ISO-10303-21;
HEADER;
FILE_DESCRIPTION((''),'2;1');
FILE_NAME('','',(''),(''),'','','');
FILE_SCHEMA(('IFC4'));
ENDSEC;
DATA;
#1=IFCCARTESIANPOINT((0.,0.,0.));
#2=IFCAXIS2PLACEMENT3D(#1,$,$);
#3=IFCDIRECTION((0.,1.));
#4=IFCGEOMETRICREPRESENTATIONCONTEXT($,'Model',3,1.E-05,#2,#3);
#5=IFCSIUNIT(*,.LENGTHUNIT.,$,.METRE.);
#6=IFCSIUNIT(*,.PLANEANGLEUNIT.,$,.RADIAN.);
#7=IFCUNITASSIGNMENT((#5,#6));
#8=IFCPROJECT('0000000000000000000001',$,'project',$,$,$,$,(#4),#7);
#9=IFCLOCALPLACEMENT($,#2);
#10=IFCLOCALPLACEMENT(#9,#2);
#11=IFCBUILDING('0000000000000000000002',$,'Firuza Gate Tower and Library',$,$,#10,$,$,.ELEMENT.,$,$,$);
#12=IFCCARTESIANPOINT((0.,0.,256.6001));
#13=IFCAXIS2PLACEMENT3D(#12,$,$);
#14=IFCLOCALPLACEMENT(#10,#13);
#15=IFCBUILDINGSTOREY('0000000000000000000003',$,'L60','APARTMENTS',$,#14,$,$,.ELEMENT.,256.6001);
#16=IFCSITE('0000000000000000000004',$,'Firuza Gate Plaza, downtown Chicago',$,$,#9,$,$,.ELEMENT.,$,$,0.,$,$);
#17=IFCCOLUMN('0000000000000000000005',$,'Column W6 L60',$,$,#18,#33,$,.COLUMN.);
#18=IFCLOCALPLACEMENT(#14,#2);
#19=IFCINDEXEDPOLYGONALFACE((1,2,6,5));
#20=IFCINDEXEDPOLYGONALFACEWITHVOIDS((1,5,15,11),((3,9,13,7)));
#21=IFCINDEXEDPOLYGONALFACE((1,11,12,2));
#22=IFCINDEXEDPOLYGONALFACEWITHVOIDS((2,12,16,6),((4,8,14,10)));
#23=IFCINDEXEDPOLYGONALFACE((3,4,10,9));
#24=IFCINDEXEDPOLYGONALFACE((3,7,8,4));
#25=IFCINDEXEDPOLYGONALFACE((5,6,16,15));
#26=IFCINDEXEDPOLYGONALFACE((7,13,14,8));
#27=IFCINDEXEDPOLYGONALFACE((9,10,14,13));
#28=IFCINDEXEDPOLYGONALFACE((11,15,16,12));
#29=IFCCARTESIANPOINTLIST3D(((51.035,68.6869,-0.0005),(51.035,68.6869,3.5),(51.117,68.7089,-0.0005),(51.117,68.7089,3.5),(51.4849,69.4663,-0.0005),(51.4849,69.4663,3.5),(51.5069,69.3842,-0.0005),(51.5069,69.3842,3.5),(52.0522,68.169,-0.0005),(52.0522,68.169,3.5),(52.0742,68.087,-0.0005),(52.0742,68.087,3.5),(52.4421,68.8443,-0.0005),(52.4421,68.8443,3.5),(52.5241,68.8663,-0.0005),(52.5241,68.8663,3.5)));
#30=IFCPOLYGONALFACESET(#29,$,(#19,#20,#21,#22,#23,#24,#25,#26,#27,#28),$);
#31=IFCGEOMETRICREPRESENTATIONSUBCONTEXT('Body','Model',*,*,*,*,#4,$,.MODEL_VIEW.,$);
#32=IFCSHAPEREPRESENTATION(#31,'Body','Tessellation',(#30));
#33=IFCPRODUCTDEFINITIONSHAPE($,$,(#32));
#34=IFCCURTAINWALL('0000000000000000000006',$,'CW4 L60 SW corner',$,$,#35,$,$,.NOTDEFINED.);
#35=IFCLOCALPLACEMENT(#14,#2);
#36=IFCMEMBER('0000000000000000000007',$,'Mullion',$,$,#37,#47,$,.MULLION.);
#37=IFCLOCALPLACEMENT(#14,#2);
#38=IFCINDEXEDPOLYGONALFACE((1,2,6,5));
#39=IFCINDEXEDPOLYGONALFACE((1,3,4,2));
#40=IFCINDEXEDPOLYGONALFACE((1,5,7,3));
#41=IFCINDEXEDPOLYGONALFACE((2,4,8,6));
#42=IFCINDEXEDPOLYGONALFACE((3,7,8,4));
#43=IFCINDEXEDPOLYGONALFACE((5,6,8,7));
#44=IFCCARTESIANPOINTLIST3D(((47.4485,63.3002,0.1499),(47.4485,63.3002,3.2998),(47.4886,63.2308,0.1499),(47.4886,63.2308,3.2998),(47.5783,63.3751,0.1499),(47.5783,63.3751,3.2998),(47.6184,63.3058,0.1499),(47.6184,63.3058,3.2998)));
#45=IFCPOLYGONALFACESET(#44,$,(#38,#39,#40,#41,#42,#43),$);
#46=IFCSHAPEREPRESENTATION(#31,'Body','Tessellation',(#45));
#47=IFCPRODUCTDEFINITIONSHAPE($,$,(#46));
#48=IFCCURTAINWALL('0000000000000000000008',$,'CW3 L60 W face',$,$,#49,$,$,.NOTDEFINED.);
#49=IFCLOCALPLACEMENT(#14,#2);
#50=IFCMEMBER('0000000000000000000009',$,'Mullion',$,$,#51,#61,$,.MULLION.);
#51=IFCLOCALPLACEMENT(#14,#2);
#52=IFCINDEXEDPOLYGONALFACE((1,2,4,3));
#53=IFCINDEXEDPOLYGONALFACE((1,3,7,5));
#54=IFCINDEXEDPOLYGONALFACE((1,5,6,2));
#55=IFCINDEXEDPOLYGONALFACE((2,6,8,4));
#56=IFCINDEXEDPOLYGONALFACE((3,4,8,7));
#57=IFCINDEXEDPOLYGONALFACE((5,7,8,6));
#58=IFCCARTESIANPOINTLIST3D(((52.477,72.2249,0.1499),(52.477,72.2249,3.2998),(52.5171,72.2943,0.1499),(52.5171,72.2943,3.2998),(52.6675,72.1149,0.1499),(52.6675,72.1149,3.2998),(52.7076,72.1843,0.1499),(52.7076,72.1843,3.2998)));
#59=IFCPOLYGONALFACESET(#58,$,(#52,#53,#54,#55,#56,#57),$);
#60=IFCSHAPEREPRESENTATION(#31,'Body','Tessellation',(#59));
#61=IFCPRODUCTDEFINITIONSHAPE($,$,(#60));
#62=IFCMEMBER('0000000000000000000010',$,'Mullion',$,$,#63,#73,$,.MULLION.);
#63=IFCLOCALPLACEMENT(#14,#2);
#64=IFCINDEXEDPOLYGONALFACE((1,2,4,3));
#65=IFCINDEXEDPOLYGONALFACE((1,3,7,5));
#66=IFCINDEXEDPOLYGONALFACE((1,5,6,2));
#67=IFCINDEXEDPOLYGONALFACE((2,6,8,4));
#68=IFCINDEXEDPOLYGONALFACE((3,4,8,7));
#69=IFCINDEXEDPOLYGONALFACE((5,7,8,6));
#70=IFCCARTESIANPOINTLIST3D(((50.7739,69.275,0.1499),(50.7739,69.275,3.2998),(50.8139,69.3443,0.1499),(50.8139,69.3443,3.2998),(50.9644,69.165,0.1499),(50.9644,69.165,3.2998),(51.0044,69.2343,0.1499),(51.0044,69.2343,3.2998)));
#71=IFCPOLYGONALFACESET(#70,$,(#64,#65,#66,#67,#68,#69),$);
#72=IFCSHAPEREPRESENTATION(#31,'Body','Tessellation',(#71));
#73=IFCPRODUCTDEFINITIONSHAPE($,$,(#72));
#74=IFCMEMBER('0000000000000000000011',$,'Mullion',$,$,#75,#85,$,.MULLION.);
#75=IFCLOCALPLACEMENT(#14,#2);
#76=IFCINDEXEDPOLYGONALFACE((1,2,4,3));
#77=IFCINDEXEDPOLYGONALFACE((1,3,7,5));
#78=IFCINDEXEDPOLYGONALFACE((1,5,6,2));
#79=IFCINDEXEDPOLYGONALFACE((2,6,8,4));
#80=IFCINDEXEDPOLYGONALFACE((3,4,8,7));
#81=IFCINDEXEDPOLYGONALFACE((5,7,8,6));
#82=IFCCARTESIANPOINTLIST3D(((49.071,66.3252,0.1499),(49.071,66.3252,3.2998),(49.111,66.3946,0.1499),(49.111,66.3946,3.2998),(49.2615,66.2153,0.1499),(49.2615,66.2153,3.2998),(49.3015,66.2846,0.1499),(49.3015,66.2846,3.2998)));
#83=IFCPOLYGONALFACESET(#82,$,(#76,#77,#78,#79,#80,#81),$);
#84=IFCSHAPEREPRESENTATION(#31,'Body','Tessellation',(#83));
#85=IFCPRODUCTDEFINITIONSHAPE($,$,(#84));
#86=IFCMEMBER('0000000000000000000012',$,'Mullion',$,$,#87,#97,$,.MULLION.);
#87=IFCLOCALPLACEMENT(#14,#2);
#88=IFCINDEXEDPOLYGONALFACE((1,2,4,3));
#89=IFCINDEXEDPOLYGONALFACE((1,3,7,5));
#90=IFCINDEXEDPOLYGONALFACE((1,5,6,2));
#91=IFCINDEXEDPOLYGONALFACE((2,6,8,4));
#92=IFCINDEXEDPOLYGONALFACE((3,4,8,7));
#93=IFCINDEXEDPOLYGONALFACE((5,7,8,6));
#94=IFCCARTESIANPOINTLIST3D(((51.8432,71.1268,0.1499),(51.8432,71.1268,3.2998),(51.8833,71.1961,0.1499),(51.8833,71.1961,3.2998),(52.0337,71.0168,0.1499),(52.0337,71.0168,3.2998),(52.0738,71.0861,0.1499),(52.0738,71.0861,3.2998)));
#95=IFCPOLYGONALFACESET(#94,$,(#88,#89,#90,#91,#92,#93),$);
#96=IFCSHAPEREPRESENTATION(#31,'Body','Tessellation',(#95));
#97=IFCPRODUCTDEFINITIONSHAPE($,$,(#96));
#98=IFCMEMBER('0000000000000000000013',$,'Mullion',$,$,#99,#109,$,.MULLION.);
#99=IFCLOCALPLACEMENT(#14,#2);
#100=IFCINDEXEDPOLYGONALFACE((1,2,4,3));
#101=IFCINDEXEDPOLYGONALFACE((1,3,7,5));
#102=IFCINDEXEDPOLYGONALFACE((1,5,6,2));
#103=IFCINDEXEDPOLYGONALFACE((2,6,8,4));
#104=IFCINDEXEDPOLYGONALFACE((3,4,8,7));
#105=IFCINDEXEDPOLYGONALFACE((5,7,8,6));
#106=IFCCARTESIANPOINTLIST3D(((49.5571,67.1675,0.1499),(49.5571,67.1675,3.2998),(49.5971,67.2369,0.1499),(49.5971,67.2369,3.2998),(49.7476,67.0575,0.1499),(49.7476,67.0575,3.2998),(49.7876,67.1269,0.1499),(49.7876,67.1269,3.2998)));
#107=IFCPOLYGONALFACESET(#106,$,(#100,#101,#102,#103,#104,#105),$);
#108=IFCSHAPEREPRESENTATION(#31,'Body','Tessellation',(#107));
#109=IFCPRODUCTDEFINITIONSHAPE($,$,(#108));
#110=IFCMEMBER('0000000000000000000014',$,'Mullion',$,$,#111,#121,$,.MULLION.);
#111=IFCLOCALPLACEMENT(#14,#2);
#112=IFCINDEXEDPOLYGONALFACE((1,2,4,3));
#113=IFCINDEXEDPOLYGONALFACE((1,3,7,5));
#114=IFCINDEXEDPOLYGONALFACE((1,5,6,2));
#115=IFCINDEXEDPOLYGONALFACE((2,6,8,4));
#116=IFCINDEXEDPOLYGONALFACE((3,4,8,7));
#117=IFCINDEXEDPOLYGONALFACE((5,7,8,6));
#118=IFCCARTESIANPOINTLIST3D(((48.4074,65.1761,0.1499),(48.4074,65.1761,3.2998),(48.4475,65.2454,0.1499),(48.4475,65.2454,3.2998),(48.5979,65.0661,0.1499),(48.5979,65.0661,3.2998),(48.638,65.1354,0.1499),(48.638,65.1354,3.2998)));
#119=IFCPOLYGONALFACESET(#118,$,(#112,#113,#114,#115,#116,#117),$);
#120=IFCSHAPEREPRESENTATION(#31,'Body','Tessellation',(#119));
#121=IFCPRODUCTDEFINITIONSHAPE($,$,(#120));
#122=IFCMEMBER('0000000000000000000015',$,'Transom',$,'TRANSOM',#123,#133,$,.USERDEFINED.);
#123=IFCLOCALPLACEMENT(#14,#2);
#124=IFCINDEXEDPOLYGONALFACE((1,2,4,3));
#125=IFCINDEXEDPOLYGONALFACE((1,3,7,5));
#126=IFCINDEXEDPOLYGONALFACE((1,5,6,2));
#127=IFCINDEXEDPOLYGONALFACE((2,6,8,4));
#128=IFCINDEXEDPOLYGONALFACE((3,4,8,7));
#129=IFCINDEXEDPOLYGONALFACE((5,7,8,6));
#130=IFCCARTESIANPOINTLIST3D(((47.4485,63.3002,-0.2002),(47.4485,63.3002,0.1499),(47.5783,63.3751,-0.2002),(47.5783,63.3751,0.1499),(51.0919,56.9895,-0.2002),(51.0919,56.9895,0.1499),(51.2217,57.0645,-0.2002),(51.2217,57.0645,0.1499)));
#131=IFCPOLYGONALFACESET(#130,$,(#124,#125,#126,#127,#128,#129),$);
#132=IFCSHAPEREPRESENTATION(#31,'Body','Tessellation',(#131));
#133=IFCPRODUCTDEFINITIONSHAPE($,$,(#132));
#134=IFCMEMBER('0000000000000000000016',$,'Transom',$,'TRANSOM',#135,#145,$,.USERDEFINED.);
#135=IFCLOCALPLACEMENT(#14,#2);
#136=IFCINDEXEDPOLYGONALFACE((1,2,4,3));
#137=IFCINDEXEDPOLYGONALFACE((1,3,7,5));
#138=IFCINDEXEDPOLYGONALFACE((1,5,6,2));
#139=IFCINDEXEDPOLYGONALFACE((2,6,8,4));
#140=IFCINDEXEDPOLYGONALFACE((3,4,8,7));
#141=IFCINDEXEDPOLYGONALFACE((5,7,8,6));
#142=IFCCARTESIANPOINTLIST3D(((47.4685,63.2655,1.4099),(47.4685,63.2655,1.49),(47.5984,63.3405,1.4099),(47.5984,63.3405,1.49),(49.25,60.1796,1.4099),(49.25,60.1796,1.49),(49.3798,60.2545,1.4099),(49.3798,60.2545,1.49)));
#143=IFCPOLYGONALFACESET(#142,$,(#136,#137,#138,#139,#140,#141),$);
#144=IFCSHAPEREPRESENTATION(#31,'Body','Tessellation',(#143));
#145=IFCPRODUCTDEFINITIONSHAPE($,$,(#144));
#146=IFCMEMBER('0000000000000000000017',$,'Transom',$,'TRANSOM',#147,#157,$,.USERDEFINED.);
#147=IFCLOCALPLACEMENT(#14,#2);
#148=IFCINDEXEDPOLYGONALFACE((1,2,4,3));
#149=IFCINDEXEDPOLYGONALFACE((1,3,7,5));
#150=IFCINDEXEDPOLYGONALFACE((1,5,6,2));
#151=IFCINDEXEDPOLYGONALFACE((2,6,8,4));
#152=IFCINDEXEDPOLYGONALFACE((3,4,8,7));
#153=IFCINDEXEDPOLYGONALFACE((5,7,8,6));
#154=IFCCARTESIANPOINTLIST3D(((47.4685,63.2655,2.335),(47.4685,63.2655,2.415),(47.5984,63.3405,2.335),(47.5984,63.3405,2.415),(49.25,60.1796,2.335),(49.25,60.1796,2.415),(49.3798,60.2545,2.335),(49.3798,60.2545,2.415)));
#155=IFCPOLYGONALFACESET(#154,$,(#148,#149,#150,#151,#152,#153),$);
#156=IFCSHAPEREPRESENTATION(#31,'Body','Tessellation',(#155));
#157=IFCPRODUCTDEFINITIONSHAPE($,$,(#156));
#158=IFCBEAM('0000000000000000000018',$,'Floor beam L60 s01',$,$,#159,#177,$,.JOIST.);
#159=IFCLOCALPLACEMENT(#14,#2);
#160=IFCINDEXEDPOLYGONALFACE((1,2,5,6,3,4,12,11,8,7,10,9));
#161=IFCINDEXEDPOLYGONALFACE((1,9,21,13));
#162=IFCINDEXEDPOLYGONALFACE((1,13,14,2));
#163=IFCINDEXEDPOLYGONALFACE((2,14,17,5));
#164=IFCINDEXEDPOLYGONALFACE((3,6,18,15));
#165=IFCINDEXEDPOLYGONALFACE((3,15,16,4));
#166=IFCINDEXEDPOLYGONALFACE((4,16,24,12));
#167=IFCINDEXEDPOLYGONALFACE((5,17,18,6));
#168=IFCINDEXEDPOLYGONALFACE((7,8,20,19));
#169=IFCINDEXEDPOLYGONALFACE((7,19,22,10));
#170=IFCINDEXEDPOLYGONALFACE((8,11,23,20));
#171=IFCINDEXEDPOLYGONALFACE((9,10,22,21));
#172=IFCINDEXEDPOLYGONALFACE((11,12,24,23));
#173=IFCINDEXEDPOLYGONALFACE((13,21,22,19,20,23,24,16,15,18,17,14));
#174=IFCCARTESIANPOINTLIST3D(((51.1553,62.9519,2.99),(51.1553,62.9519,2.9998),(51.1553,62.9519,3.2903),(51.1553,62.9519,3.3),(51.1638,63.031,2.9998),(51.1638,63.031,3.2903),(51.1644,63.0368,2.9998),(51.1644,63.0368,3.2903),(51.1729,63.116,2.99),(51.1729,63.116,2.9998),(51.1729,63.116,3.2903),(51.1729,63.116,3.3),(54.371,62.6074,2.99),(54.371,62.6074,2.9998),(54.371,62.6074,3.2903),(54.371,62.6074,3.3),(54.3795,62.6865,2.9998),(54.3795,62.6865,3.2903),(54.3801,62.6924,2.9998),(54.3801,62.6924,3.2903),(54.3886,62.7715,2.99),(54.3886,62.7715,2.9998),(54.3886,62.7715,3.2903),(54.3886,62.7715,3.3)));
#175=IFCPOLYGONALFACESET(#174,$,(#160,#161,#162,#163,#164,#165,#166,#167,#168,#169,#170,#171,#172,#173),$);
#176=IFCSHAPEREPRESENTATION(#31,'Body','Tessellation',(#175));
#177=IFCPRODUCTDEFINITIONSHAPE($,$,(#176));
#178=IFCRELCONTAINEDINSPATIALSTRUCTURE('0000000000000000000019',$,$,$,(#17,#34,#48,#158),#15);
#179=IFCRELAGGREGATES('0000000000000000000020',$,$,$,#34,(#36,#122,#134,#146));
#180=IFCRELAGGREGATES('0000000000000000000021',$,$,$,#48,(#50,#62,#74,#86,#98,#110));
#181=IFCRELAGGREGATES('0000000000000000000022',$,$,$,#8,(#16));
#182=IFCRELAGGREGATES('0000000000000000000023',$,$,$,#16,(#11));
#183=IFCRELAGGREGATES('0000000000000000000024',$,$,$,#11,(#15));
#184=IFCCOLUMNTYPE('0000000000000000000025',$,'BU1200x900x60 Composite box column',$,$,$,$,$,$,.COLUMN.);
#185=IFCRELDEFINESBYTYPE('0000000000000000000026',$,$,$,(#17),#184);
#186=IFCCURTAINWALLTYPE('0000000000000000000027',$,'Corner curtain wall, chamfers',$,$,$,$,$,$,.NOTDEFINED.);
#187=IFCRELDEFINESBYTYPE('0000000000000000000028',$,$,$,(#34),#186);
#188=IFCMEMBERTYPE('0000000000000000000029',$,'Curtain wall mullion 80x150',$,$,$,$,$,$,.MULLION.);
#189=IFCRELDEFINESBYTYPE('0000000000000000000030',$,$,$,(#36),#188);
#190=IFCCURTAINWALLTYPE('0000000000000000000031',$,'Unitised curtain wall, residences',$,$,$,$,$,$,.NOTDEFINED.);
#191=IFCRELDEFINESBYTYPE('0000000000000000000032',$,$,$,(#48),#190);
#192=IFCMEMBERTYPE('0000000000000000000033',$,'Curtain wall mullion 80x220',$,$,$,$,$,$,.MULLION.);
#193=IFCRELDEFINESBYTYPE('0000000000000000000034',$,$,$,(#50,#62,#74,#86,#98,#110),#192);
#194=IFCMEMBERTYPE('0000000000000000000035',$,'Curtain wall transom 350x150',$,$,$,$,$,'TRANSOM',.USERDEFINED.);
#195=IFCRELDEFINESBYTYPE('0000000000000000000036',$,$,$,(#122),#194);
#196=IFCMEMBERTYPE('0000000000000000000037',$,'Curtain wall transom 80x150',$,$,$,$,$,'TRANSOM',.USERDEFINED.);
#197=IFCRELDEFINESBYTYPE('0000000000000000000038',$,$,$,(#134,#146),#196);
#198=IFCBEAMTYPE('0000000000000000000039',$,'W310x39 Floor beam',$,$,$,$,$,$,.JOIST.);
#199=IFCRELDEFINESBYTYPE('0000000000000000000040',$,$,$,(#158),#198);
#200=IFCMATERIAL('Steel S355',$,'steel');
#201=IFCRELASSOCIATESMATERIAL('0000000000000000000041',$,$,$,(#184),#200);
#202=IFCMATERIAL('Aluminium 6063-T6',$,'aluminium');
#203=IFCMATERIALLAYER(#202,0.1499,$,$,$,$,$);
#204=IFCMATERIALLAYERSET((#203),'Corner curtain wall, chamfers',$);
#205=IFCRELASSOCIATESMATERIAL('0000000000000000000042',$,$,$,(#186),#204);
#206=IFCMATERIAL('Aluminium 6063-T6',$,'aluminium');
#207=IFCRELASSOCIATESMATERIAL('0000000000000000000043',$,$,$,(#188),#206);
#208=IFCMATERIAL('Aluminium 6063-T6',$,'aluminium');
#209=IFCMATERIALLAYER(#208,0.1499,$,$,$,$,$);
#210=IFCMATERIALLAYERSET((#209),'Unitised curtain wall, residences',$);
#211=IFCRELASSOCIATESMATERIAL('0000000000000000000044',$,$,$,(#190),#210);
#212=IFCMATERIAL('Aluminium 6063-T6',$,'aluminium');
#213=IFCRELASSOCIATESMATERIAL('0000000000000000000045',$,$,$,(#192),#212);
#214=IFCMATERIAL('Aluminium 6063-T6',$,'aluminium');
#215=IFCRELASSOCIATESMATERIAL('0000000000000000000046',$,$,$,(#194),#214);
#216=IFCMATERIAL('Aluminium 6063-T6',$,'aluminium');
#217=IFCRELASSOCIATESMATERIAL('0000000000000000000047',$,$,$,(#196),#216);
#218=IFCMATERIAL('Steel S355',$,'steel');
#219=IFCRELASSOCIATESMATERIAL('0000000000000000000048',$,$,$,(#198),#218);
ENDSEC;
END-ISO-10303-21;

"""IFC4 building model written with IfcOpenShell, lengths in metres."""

from ifc_helpers import new_model, si_unit, direction, frame, origin, origin_2d, place, context, subcontext, project, spatial, rectangle, hollow_rectangle, i_section, extrude, material, layer, layer_set, material_profile, profile_set, type_object, element, aggregate, save


model = new_model("IFC4")

# Units and contexts
model_context = context("Model", 3, precision=1e-05, world=origin(), true_north=direction((0.0, 1.0)))
body_context = subcontext(model_context, "Body", "Model", "MODEL_VIEW")
ifc_project = project(units=[si_unit("LENGTHUNIT", "METRE"), si_unit("PLANEANGLEUNIT", "RADIAN")], contexts=[model_context])

# Site, building, storey
site_placement = place(None, origin())
site = spatial("IfcSite", under=ifc_project, at=site_placement, Name="Firuza Gate Plaza, downtown Chicago", CompositionType="ELEMENT", RefElevation=0.0)
building_placement = place(site_placement, origin())
building = spatial("IfcBuilding", under=site, at=building_placement, Name="Firuza Gate Tower and Library", CompositionType="ELEMENT")
storey_placement = place(building_placement, frame((0.0, 0.0, 256.6001)))
storey = spatial("IfcBuildingStorey", under=building, at=storey_placement, Name="L60", Description="APARTMENTS", CompositionType="ELEMENT", Elevation=256.6001)

# Column
ifc_material_1 = material(Name="Steel S355", Category="steel")
ifc_material_profile_1 = material_profile(ifc_material_1, hollow_rectangle(XDim=0.8999, YDim=1.2, WallThickness=0.0601, at=origin_2d()))
ifc_profile_set_1 = profile_set([ifc_material_profile_1], Name="Steel S355")
column_type = type_object("IfcColumnType", Name="BU1200x900x60 Composite box column", PredefinedType="COLUMN", material=ifc_profile_set_1)
column_placement = place(storey_placement, frame((51.7795, 68.7766, -0.0005), z_axis=(0.0, 0.0, 1.0), x_axis=(-0.5, -0.866025, 0.0)))
element("IfcColumn", 1, at=column_placement, inside=storey, type_object=column_type, Name="Column W6 L60", PredefinedType="COLUMN", context=body_context, shape_type="SweptSolid", body=[
    extrude(hollow_rectangle(XDim=0.8999, YDim=1.2, WallThickness=0.0601, at=origin_2d()), origin(), (0.0, 0.0, 1.0), 3.5005),
])

# Curtain wall, member
ifc_material_2 = material(Name="Aluminium 6063-T6", Category="aluminium")
ifc_layer_1 = layer(ifc_material_2, 0.1499)
ifc_layer_set_1 = layer_set([ifc_layer_1], Name="Corner curtain wall, chamfers")
curtain_wall_type_1 = type_object("IfcCurtainWallType", Name="Corner curtain wall, chamfers", PredefinedType="NOTDEFINED", material=ifc_layer_set_1)
placement = place(storey_placement, origin())
curtain_wall_1 = element("IfcCurtainWall", 2, at=placement, inside=storey, type_object=curtain_wall_type_1, Name="CW4 L60 SW corner", PredefinedType="NOTDEFINED")
ifc_material_3 = material(Name="Aluminium 6063-T6", Category="aluminium")
ifc_material_profile_2 = material_profile(ifc_material_3, rectangle(XDim=0.1499, YDim=0.0801, at=origin_2d()))
ifc_profile_set_2 = profile_set([ifc_material_profile_2], Name="Aluminium 6063-T6")
member_type_1 = type_object("IfcMemberType", Name="Curtain wall mullion 80x150", PredefinedType="MULLION", material=ifc_profile_set_2)
member_1_placement = place(storey_placement, frame((47.5334, 63.303, 0.1499), z_axis=(0.0, 0.0, 1.0), x_axis=(0.866025, 0.5, 0.0)))
member_1 = element("IfcMember", 3, at=member_1_placement, type_object=member_type_1, Name="Mullion", PredefinedType="MULLION", context=body_context, shape_type="SweptSolid", body=[
    extrude(rectangle(XDim=0.1499, YDim=0.0801, at=origin_2d()), origin(), (0.0, 0.0, 1.0), 3.1499),
])

# Curtain wall, members
ifc_material_4 = material(Name="Aluminium 6063-T6", Category="aluminium")
ifc_layer_2 = layer(ifc_material_4, 0.1499)
ifc_layer_set_2 = layer_set([ifc_layer_2], Name="Unitised curtain wall, residences")
curtain_wall_type_2 = type_object("IfcCurtainWallType", Name="Unitised curtain wall, residences", PredefinedType="NOTDEFINED", material=ifc_layer_set_2)
curtain_wall_2 = element("IfcCurtainWall", 4, at=placement, inside=storey, type_object=curtain_wall_type_2, Name="CW3 L60 W face", PredefinedType="NOTDEFINED")
ifc_material_5 = material(Name="Aluminium 6063-T6", Category="aluminium")
ifc_material_profile_3 = material_profile(ifc_material_5, rectangle(XDim=0.22, YDim=0.0801, at=origin_2d()))
ifc_profile_set_3 = profile_set([ifc_material_profile_3], Name="Aluminium 6063-T6")
member_type_2 = type_object("IfcMemberType", Name="Curtain wall mullion 80x220", PredefinedType="MULLION", material=ifc_profile_set_3)
member_2_placement = place(storey_placement, frame((52.5923, 72.2046, 0.1499), z_axis=(0.0, 0.0, 1.0), x_axis=(0.866025, -0.5, 0.0)))
member_2 = element("IfcMember", 5, at=member_2_placement, type_object=member_type_2, Name="Mullion", PredefinedType="MULLION", context=body_context, shape_type="SweptSolid", body=[
    extrude(rectangle(XDim=0.22, YDim=0.0801, at=origin_2d()), origin(), (0.0, 0.0, 1.0), 3.1499),
])
member_3_placement = place(storey_placement, frame((50.8892, 69.2546, 0.1499), z_axis=(0.0, 0.0, 1.0), x_axis=(0.866025, -0.5, 0.0)))
member_3 = element("IfcMember", 6, at=member_3_placement, type_object=member_type_2, Name="Mullion", PredefinedType="MULLION", context=body_context, shape_type="SweptSolid", body=[
    extrude(rectangle(XDim=0.22, YDim=0.0801, at=origin_2d()), origin(), (0.0, 0.0, 1.0), 3.1499),
])
member_4_placement = place(storey_placement, frame((49.1863, 66.3049, 0.1499), z_axis=(0.0, 0.0, 1.0), x_axis=(0.866025, -0.5, 0.0)))
member_4 = element("IfcMember", 7, at=member_4_placement, type_object=member_type_2, Name="Mullion", PredefinedType="MULLION", context=body_context, shape_type="SweptSolid", body=[
    extrude(rectangle(XDim=0.22, YDim=0.0801, at=origin_2d()), origin(), (0.0, 0.0, 1.0), 3.1499),
])
member_5_placement = place(storey_placement, frame((51.9585, 71.1064, 0.1499), z_axis=(0.0, 0.0, 1.0), x_axis=(0.866025, -0.5, 0.0)))
member_5 = element("IfcMember", 8, at=member_5_placement, type_object=member_type_2, Name="Mullion", PredefinedType="MULLION", context=body_context, shape_type="SweptSolid", body=[
    extrude(rectangle(XDim=0.22, YDim=0.0801, at=origin_2d()), origin(), (0.0, 0.0, 1.0), 3.1499),
])
member_6_placement = place(storey_placement, frame((49.6724, 67.1472, 0.1499), z_axis=(0.0, 0.0, 1.0), x_axis=(0.866025, -0.5, 0.0)))
member_6 = element("IfcMember", 9, at=member_6_placement, type_object=member_type_2, Name="Mullion", PredefinedType="MULLION", context=body_context, shape_type="SweptSolid", body=[
    extrude(rectangle(XDim=0.22, YDim=0.0801, at=origin_2d()), origin(), (0.0, 0.0, 1.0), 3.1499),
])
member_7_placement = place(storey_placement, frame((48.5227, 65.1558, 0.1499), z_axis=(0.0, 0.0, 1.0), x_axis=(0.866025, -0.5, 0.0)))
member_7 = element("IfcMember", 10, at=member_7_placement, type_object=member_type_2, Name="Mullion", PredefinedType="MULLION", context=body_context, shape_type="SweptSolid", body=[
    extrude(rectangle(XDim=0.22, YDim=0.0801, at=origin_2d()), origin(), (0.0, 0.0, 1.0), 3.1499),
])

# Members
ifc_material_6 = material(Name="Aluminium 6063-T6", Category="aluminium")
ifc_material_profile_4 = material_profile(ifc_material_6, rectangle(XDim=0.1499, YDim=0.3501, at=origin_2d()))
ifc_profile_set_4 = profile_set([ifc_material_profile_4], Name="Aluminium 6063-T6")
member_type_3 = type_object("IfcMemberType", Name="Curtain wall transom 350x150", ElementType="TRANSOM", PredefinedType="USERDEFINED", material=ifc_profile_set_4)
member_8_placement = place(storey_placement, frame((47.5134, 63.3376, -0.0251), z_axis=(0.499991, -0.86603, 0.0), x_axis=(0.86603, 0.499991, 0.0)))
member_8 = element("IfcMember", 11, at=member_8_placement, type_object=member_type_3, Name="Transom", ObjectType="TRANSOM", PredefinedType="USERDEFINED", context=body_context, shape_type="SweptSolid", body=[
    extrude(rectangle(XDim=0.1499, YDim=0.3501, at=origin_2d()), origin(), (0.0, 0.0, 1.0), 7.2869),
])
ifc_material_7 = material(Name="Aluminium 6063-T6", Category="aluminium")
ifc_material_profile_5 = material_profile(ifc_material_7, rectangle(XDim=0.1499, YDim=0.0801, at=origin_2d()))
ifc_profile_set_5 = profile_set([ifc_material_profile_5], Name="Aluminium 6063-T6")
member_type_4 = type_object("IfcMemberType", Name="Curtain wall transom 80x150", ElementType="TRANSOM", PredefinedType="USERDEFINED", material=ifc_profile_set_5)
member_9_placement = place(storey_placement, frame((47.5334, 63.303, 1.45), z_axis=(0.499964, -0.866046, 0.0), x_axis=(0.866046, 0.499964, 0.0)))
member_9 = element("IfcMember", 12, at=member_9_placement, type_object=member_type_4, Name="Transom", ObjectType="TRANSOM", PredefinedType="USERDEFINED", context=body_context, shape_type="SweptSolid", body=[
    extrude(rectangle(XDim=0.1499, YDim=0.0801, at=origin_2d()), origin(), (0.0, 0.0, 1.0), 3.5632),
])
member_10_placement = place(storey_placement, frame((47.5334, 63.303, 2.375), z_axis=(0.499964, -0.866046, 0.0), x_axis=(0.866046, 0.499964, 0.0)))
member_10 = element("IfcMember", 13, at=member_10_placement, type_object=member_type_4, Name="Transom", ObjectType="TRANSOM", PredefinedType="USERDEFINED", context=body_context, shape_type="SweptSolid", body=[
    extrude(rectangle(XDim=0.1499, YDim=0.0801, at=origin_2d()), origin(), (0.0, 0.0, 1.0), 3.5632),
])

# Beam
ifc_material_8 = material(Name="Steel S355", Category="steel")
ifc_material_profile_6 = material_profile(ifc_material_8, i_section(OverallWidth=0.165, OverallDepth=0.3101, WebThickness=0.0059, FlangeThickness=0.0098, at=origin_2d()))
ifc_profile_set_6 = profile_set([ifc_material_profile_6], Name="Steel S355")
beam_type_1 = type_object("IfcBeamType", Name="W310x39 Floor beam", PredefinedType="JOIST", material=ifc_profile_set_6)
beam_1_placement = place(storey_placement, frame((51.1641, 63.0339, 3.145), z_axis=(0.994311, -0.106512, 0.0), x_axis=(0.106512, 0.994311, 0.0)))
element("IfcBeam", 14, at=beam_1_placement, inside=storey, type_object=beam_type_1, Name="Floor beam L60 s01", PredefinedType="JOIST", context=body_context, shape_type="SweptSolid", body=[
    extrude(i_section(OverallWidth=0.165, OverallDepth=0.3101, WebThickness=0.0059, FlangeThickness=0.0098, at=origin_2d()), origin(), (0.0, 0.0, 1.0), 3.2341),
])

aggregate(curtain_wall_1, [member_1, member_8, member_9, member_10])
aggregate(curtain_wall_2, [member_2, member_3, member_4, member_5, member_6, member_7])

save(model, "model.ifc")
